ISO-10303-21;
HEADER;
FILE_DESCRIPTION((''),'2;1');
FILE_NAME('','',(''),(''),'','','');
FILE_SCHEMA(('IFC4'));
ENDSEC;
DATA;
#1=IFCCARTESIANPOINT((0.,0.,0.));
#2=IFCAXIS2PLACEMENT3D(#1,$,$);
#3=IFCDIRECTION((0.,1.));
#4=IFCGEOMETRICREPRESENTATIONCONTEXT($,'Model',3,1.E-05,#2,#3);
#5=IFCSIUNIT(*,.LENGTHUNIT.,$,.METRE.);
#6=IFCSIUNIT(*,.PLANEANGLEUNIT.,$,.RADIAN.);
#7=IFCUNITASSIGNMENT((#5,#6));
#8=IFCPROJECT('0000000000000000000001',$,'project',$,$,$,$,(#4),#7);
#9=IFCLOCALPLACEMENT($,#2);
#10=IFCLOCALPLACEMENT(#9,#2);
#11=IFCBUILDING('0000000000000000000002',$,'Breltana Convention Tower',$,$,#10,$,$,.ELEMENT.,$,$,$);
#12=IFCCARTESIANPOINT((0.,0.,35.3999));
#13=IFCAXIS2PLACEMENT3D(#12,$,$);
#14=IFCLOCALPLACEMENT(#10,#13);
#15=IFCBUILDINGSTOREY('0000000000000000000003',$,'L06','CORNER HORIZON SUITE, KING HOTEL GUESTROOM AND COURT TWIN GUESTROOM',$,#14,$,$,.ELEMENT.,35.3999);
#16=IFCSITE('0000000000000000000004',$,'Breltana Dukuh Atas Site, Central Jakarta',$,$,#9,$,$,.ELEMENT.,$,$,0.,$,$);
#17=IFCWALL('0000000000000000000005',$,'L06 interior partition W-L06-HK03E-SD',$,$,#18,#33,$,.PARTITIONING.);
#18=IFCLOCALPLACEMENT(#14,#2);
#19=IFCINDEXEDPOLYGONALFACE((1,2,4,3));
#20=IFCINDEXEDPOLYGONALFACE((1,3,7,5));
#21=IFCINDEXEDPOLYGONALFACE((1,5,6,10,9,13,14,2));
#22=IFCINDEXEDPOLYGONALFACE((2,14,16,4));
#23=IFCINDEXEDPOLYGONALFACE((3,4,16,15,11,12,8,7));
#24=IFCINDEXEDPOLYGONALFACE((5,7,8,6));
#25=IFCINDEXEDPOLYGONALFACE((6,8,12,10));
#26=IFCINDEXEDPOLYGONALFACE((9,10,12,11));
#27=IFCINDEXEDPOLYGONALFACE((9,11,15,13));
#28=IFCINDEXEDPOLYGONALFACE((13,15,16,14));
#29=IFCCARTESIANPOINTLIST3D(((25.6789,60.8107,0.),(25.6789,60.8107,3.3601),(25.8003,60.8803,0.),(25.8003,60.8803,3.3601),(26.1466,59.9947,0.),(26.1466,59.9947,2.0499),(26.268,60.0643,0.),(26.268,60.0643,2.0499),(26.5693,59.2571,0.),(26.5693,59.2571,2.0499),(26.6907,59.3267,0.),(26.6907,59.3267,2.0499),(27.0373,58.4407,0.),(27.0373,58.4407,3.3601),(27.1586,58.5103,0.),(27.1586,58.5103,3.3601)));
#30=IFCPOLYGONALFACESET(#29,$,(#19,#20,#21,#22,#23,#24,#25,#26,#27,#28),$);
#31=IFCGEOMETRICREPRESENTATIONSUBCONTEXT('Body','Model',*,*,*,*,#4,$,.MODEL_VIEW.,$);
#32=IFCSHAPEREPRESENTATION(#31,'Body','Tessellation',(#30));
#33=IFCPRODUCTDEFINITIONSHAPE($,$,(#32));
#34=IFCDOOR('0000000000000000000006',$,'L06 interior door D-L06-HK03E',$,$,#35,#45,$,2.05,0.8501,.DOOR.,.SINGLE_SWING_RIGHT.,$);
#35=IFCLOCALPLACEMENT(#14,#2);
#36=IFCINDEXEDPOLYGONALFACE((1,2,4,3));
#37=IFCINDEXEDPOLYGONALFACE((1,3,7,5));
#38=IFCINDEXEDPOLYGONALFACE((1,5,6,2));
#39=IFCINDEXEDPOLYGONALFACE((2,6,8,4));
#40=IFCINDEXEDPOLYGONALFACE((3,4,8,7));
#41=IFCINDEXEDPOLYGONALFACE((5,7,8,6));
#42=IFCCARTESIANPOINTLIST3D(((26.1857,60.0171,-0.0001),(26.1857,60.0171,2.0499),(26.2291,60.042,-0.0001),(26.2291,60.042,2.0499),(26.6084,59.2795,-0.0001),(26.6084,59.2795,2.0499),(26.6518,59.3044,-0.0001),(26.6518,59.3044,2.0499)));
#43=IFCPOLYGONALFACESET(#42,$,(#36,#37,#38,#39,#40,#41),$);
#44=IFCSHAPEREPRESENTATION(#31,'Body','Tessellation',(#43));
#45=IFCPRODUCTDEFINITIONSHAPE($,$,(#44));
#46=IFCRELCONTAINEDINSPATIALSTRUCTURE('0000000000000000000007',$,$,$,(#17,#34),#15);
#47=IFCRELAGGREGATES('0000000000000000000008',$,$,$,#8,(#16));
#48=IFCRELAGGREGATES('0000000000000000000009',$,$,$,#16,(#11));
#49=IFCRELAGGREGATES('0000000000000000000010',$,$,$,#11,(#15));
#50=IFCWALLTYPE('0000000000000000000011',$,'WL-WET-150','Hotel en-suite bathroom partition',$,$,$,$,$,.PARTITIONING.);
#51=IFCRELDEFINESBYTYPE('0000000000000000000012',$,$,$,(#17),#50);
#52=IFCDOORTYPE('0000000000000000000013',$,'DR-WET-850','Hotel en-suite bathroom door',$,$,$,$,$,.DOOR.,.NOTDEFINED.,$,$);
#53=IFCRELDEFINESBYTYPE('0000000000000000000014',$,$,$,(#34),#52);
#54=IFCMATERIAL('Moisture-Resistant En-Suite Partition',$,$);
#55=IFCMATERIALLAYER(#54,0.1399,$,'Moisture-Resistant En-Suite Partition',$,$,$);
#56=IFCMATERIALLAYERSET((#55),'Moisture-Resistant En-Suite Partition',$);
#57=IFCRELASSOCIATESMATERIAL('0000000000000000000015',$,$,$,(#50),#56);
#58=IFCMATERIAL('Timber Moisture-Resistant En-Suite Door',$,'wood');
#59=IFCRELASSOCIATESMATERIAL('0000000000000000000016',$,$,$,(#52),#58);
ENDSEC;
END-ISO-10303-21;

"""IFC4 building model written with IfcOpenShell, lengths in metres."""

from ifc_helpers import new_model, si_unit, direction, frame, frame_2d, origin, place, context, subcontext, project, spatial, rectangle, extrude, source, transform, mapped, material, layer, layer_set, type_object, type_shapes, element, fill, save


model = new_model("IFC4")

# Units and contexts
model_context = context("Model", 3, precision=1e-05, world=origin(), true_north=direction((0.0, 1.0)))
body_context = subcontext(model_context, "Body", "Model", "MODEL_VIEW")
ifc_project = project(units=[si_unit("LENGTHUNIT", "METRE"), si_unit("PLANEANGLEUNIT", "RADIAN")], contexts=[model_context])

# Site, building, storey
site_placement = place(None, origin())
site = spatial("IfcSite", under=ifc_project, at=site_placement, Name="Breltana Dukuh Atas Site, Central Jakarta", CompositionType="ELEMENT", RefElevation=0.0)
building_placement = place(site_placement, origin())
building = spatial("IfcBuilding", under=site, at=building_placement, Name="Breltana Convention Tower", CompositionType="ELEMENT")
storey_placement = place(building_placement, frame((0.0, 0.0, 35.3999)))
storey = spatial("IfcBuildingStorey", under=building, at=storey_placement, Name="L06", Description="CORNER HORIZON SUITE, KING HOTEL GUESTROOM AND COURT TWIN GUESTROOM", CompositionType="ELEMENT", Elevation=35.3999)

# Shared definitions
ifc_material_1 = material(Name="Moisture-Resistant En-Suite Partition")
ifc_layer_1 = layer(ifc_material_1, 0.1399, Name="Moisture-Resistant En-Suite Partition")
ifc_layer_set_1 = layer_set([ifc_layer_1], Name="Moisture-Resistant En-Suite Partition")
wall_type_1 = type_object("IfcWallType", Name="WL-WET-150", Description="Hotel en-suite bathroom partition", PredefinedType="PARTITIONING", material=ifc_layer_set_1)

# Wall, opening, door
shared_shape_1 = source(origin(), body_context, "Body", "SweptSolid", [
    extrude(rectangle(XDim=2.7317, YDim=0.1399, at=frame_2d((1.3657, 0.0))), origin(), (0.0, 0.0, 1.0), 3.3601),
])
wall_1_placement = place(storey_placement, frame((27.0979, 58.4756, 0.0), z_axis=(0.0, 0.0, 1.0), x_axis=(-0.497255, 0.867604, 0.0)))
wall_1 = element("IfcWall", 1, at=wall_1_placement, inside=storey, type_object=wall_type_1, Name="L06 interior partition W-L06-HK03E-SD", PredefinedType="PARTITIONING", context=body_context, shape_type="MappedRepresentation", body=[
    mapped(shared_shape_1, transform((0.0, 0.0, 0.0), scale=1.0)),
])
opening_1_placement = place(wall_1_placement, frame((0.9409, 0.0, 0.0)))
opening_1 = element("IfcOpeningElement", 2, at=opening_1_placement, cuts=wall_1, PredefinedType="OPENING", context=body_context, shape_type="SweptSolid", body=[
    extrude(rectangle(XDim=0.8501, YDim=2.05, at=frame_2d((0.425, 1.0249))), frame((0.0, 0.0801, 0.0), z_axis=(0.0, -1.0, 0.0), x_axis=(1.0, 0.0, 0.0)), (0.0, 0.0, 1.0), 0.1599),
])
ifc_material_2 = material(Name="Timber Moisture-Resistant En-Suite Door", Category="wood")
door_type_1 = type_object("IfcDoorType", Name="DR-WET-850", Description="Hotel en-suite bathroom door", OperationType="NOTDEFINED", PredefinedType="DOOR", material=ifc_material_2)
shared_shape_2 = source(origin(), body_context, "Body", "SweptSolid", [
    extrude(rectangle(XDim=0.8501, YDim=2.05, at=frame_2d((0.425, 1.0249))), frame((0.0, 0.0249, 0.0), z_axis=(0.0, -1.0, 0.0), x_axis=(1.0, 0.0, 0.0)), (0.0, 0.0, 1.0), 0.05),
])
type_shapes(door_type_1, [shared_shape_2])
door_1_placement = place(opening_1_placement, origin())
door_1 = element("IfcDoor", 3, at=door_1_placement, inside=storey, type_object=door_type_1, Name="L06 interior door D-L06-HK03E", OperationType="SINGLE_SWING_RIGHT", OverallHeight=2.05, OverallWidth=0.8501, PredefinedType="DOOR", context=body_context, shape_type="MappedRepresentation", body=[
    mapped(shared_shape_2, transform((0.0, 0.0, 0.0), scale=1.0)),
])
fill(opening_1, door_1)

save(model, "model.ifc")
